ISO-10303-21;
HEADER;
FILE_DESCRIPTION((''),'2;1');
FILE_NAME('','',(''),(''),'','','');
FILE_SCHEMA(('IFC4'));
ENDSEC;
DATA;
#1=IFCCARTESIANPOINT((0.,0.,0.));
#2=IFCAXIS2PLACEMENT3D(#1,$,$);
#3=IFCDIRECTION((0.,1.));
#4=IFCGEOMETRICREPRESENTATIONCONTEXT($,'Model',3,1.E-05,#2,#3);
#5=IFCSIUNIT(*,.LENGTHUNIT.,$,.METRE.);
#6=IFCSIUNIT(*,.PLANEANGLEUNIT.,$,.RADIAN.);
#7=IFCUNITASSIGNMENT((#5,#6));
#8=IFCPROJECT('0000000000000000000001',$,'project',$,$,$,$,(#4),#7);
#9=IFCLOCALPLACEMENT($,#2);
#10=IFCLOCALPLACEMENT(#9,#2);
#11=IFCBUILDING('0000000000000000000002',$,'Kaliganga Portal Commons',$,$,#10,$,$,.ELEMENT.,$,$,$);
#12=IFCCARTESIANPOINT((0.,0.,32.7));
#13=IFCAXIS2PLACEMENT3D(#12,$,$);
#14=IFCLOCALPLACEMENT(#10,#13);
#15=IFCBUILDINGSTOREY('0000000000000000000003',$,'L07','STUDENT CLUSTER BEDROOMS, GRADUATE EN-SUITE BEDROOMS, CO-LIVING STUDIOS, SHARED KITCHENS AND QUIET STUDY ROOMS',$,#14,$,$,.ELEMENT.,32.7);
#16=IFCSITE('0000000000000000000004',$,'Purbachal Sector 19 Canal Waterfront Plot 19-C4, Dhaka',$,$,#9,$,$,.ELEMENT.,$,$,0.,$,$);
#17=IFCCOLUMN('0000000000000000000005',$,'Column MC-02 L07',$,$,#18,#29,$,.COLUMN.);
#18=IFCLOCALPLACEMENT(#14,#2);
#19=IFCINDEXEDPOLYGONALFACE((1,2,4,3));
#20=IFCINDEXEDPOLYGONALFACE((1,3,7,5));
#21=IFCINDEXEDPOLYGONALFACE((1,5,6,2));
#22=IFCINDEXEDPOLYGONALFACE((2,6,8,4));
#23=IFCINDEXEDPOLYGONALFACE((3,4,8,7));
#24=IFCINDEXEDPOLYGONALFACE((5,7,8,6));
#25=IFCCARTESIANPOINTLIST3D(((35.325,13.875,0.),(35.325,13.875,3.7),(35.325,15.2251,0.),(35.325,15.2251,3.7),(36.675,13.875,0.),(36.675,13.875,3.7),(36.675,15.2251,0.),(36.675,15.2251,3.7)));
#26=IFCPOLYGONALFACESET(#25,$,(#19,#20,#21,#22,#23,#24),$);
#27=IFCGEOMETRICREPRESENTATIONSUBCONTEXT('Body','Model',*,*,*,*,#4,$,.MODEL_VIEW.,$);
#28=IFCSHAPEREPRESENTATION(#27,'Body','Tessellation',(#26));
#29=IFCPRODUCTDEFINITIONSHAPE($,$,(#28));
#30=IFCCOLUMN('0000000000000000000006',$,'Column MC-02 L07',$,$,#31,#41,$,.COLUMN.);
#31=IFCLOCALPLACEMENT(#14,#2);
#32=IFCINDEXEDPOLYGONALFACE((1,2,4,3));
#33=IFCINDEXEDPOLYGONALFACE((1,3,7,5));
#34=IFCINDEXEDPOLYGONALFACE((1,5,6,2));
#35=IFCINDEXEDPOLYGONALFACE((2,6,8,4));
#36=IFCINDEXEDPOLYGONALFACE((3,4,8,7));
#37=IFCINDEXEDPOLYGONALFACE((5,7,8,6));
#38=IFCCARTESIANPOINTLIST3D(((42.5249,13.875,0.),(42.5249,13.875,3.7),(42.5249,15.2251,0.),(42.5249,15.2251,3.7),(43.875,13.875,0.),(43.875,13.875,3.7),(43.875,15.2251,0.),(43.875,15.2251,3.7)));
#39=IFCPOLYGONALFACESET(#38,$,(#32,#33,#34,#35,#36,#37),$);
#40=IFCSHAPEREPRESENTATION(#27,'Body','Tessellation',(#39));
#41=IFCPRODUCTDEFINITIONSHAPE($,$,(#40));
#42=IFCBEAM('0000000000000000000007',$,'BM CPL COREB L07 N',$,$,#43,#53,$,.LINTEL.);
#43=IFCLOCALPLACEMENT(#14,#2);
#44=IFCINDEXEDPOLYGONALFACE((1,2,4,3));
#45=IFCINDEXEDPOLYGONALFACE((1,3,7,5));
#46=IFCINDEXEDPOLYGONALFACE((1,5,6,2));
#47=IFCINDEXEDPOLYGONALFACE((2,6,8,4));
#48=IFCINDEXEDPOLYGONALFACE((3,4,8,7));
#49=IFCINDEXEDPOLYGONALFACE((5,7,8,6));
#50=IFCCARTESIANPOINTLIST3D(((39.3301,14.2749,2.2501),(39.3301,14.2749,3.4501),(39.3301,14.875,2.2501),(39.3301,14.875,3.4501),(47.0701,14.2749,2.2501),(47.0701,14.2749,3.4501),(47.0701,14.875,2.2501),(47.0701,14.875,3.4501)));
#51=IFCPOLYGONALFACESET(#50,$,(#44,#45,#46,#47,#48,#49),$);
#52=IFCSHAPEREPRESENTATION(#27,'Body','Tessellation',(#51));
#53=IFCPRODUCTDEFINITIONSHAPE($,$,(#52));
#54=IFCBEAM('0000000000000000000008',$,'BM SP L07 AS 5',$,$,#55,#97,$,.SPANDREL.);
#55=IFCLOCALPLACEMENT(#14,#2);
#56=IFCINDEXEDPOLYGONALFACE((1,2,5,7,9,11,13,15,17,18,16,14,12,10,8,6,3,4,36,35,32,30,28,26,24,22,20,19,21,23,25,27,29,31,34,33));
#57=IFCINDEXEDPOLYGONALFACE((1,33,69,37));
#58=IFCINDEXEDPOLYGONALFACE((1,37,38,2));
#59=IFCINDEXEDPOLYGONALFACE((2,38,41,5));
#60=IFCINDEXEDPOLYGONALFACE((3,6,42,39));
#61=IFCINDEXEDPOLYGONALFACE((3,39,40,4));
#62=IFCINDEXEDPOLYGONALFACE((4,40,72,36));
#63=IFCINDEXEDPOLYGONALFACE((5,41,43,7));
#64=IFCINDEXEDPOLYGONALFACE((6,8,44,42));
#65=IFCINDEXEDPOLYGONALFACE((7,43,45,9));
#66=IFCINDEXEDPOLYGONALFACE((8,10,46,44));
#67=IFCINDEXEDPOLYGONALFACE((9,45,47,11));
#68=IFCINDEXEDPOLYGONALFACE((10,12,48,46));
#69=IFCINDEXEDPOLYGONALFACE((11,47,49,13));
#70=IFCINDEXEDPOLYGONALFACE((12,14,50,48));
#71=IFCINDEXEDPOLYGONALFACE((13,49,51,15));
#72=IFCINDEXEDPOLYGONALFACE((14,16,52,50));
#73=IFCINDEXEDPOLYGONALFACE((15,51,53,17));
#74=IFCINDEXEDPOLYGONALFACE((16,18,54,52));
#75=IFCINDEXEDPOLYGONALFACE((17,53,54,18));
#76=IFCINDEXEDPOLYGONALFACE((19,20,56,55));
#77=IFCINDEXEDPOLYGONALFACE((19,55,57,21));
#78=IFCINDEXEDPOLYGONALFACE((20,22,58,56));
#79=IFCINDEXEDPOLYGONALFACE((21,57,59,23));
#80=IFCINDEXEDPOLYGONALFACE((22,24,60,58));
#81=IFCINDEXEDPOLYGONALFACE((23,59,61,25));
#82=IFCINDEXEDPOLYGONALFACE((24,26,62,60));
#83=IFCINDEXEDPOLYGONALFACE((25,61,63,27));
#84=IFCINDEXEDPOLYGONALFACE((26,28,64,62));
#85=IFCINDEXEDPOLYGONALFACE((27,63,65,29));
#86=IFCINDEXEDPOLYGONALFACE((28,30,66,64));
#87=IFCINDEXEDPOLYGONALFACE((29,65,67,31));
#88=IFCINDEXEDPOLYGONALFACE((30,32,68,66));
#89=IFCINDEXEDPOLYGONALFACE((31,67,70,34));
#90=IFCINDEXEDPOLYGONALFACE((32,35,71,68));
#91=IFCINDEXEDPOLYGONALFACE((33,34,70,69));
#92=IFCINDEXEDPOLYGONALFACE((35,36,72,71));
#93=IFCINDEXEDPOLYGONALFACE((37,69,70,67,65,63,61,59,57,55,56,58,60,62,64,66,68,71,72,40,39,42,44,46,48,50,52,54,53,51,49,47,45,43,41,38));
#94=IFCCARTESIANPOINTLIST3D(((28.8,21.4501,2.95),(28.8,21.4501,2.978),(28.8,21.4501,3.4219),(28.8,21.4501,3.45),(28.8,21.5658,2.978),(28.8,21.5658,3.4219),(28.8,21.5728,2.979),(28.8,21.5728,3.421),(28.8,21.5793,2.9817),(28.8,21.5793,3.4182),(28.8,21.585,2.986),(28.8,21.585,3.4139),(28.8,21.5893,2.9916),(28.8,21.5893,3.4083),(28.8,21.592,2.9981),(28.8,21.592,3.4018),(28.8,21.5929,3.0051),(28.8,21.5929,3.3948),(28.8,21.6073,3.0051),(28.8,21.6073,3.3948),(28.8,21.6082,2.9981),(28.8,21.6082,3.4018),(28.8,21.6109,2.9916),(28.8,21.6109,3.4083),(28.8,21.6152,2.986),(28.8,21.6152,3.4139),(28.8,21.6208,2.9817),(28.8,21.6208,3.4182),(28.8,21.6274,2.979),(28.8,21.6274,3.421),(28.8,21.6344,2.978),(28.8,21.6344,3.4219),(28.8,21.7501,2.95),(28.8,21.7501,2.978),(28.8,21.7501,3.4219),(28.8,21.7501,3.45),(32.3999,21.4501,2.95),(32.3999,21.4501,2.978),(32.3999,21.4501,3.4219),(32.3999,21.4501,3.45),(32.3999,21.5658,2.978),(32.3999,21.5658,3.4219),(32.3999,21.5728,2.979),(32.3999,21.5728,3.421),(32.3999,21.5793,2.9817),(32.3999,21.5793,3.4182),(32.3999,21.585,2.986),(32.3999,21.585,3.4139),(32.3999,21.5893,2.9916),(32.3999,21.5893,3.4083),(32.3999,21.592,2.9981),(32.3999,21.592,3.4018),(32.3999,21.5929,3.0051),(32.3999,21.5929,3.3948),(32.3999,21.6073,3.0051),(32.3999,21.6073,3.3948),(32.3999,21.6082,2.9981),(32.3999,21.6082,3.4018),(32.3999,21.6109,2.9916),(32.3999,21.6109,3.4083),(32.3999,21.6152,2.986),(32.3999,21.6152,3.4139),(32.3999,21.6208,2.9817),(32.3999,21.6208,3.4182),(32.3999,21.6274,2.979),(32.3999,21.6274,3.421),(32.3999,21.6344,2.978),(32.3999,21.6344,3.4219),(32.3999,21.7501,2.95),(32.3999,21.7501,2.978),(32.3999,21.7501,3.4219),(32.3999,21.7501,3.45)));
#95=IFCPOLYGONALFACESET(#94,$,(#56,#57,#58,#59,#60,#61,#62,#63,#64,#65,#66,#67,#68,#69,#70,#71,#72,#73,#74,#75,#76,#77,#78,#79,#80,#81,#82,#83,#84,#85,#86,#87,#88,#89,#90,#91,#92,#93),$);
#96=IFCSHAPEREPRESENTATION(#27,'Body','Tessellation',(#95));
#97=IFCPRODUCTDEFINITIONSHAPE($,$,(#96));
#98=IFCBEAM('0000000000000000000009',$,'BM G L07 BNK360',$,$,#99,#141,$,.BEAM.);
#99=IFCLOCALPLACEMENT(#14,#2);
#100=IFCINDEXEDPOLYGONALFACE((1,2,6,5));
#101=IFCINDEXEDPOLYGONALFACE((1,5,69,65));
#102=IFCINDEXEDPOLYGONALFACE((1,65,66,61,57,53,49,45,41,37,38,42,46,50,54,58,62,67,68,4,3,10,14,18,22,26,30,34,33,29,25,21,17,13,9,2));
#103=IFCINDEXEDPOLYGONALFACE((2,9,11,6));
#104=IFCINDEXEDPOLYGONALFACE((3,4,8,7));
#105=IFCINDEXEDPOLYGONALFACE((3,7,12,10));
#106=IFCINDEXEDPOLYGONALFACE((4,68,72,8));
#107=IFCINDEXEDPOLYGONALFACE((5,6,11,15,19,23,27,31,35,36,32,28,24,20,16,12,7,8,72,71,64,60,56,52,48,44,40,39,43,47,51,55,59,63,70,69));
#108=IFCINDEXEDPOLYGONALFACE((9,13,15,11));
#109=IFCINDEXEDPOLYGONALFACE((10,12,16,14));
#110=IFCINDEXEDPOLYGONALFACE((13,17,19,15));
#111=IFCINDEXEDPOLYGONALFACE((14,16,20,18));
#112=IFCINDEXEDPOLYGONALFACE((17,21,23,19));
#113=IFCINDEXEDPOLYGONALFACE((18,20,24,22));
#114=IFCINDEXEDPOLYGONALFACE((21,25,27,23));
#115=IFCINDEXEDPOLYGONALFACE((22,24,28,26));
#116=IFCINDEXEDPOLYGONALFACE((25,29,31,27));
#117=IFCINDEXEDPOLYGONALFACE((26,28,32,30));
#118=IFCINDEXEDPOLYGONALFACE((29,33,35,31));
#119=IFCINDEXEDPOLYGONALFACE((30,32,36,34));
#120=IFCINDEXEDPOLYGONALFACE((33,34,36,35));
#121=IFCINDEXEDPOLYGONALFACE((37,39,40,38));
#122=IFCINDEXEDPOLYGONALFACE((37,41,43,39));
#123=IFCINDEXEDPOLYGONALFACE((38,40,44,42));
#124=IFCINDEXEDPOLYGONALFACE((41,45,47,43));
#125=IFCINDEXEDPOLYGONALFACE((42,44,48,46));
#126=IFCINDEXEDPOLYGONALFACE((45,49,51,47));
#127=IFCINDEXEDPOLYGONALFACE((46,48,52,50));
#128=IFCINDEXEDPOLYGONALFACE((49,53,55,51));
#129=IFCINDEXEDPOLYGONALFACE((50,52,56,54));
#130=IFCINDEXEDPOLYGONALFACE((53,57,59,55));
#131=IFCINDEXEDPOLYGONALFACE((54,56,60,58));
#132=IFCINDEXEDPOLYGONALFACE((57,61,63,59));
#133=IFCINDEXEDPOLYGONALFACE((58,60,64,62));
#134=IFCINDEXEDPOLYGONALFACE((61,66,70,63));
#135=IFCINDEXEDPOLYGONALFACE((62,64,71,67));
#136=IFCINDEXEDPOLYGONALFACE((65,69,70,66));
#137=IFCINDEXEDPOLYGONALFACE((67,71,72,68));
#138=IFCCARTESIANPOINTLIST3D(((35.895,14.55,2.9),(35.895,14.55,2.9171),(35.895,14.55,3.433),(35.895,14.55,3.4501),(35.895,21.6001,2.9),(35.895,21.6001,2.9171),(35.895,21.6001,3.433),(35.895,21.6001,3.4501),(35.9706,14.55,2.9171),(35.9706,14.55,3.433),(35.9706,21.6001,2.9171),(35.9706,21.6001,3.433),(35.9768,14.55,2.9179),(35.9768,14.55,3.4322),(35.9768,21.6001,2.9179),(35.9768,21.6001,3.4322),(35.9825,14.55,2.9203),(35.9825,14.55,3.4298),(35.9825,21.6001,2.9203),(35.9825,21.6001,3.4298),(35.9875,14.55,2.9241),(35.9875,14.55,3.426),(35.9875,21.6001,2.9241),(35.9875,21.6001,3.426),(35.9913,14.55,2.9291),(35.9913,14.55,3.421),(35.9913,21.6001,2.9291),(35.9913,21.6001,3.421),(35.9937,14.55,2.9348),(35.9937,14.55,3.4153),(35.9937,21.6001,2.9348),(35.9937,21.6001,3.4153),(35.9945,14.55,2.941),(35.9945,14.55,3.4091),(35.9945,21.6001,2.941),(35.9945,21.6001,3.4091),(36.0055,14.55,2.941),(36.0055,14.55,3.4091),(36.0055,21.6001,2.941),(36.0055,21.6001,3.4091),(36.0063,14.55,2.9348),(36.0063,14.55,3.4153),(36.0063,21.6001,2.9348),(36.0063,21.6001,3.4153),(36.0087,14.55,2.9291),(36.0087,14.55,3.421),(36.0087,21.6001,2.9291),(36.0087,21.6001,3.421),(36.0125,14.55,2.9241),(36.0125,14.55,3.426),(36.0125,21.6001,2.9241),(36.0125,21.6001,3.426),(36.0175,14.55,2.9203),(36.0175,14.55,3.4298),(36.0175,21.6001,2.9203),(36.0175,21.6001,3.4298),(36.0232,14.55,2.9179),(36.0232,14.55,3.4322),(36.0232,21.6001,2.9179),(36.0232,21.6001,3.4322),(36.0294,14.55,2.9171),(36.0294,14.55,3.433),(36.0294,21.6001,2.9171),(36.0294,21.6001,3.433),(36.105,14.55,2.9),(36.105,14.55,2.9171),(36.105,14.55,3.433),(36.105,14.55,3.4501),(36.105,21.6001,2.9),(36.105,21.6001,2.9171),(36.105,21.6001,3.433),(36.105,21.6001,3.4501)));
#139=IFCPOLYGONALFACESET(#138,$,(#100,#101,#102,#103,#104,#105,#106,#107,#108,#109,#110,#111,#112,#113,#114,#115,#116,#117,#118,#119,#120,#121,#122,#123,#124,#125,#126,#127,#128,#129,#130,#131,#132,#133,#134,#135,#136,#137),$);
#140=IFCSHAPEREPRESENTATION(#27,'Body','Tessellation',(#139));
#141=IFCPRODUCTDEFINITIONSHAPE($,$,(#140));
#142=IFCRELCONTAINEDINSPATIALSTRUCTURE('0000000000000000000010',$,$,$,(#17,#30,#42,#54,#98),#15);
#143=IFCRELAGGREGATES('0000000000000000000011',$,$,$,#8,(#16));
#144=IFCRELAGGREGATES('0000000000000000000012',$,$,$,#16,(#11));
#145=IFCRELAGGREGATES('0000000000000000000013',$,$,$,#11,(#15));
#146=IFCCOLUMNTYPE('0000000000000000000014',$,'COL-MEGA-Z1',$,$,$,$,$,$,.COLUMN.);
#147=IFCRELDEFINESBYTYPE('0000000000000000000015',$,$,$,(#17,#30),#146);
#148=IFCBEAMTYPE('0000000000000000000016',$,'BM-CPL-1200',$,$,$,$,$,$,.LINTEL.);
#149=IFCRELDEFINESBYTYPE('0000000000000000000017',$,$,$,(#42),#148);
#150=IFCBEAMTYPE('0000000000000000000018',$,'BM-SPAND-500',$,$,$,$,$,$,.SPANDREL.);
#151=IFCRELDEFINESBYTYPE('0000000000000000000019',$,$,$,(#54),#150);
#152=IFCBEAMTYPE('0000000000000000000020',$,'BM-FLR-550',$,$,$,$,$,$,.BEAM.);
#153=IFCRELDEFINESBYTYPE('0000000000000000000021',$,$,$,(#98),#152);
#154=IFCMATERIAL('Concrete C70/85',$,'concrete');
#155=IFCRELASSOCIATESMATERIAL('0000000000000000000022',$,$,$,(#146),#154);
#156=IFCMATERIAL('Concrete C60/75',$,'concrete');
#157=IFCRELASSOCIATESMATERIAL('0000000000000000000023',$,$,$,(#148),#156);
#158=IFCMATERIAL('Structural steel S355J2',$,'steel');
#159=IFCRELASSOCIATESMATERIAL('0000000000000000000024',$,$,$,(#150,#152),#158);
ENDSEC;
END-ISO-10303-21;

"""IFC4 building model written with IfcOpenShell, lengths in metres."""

from ifc_helpers import new_model, si_unit, direction, frame, origin, origin_2d, place, context, subcontext, project, spatial, rectangle, i_section, extrude, source, transform, mapped, material, material_profile, profile_set, type_object, element, save


model = new_model("IFC4")

# Units and contexts
model_context = context("Model", 3, precision=1e-05, world=origin(), true_north=direction((0.0, 1.0)))
body_context = subcontext(model_context, "Body", "Model", "MODEL_VIEW")
ifc_project = project(units=[si_unit("LENGTHUNIT", "METRE"), si_unit("PLANEANGLEUNIT", "RADIAN")], contexts=[model_context])

# Site, building, storey
site_placement = place(None, origin())
site = spatial("IfcSite", under=ifc_project, at=site_placement, Name="Purbachal Sector 19 Canal Waterfront Plot 19-C4, Dhaka", CompositionType="ELEMENT", RefElevation=0.0)
building_placement = place(site_placement, origin())
building = spatial("IfcBuilding", under=site, at=building_placement, Name="Kaliganga Portal Commons", CompositionType="ELEMENT")
storey_placement = place(building_placement, frame((0.0, 0.0, 32.7)))
storey = spatial("IfcBuildingStorey", under=building, at=storey_placement, Name="L07", Description="STUDENT CLUSTER BEDROOMS, GRADUATE EN-SUITE BEDROOMS, CO-LIVING STUDIOS, SHARED KITCHENS AND QUIET STUDY ROOMS", CompositionType="ELEMENT", Elevation=32.7)

# Columns
ifc_material_1 = material(Name="Concrete C70/85", Category="concrete")
ifc_material_profile_1 = material_profile(ifc_material_1, rectangle(XDim=1.3501, YDim=1.3501, at=origin_2d()), Name="RC 1350x1350")
ifc_profile_set_1 = profile_set([ifc_material_profile_1], Name="Concrete C70/85")
column_type = type_object("IfcColumnType", Name="COL-MEGA-Z1", PredefinedType="COLUMN", material=ifc_profile_set_1)
shared_shape_1 = source(origin(), body_context, "Body", "SweptSolid", [
    extrude(rectangle(XDim=1.3501, YDim=1.3501, at=origin_2d()), origin(), (0.0, 0.0, 1.0), 3.7),
])
for number, where, z_axis, x_axis, name in (
    (1, (36.0, 14.55, 0.0), (0.0, 0.0, 1.0), (1.0, 0.0, 0.0), "Column MC-02 L07"),
    (2, (43.2, 14.55, 0.0), (0.0, 0.0, 1.0), (1.0, 0.0, 0.0), "Column MC-02 L07"),
):
    element("IfcColumn", number, at=place(storey_placement, frame(where, z_axis=z_axis, x_axis=x_axis)), inside=storey, type_object=column_type, Name=name, PredefinedType="COLUMN", context=body_context, shape_type="MappedRepresentation", body=[
        mapped(shared_shape_1, transform((0.0, 0.0, 0.0), x_axis=(1.0, 0.0, 0.0), y_axis=(0.0, 1.0, 0.0), z_axis=(0.0, 0.0, 1.0), scale=1.0)),
    ])

# Beams
ifc_material_2 = material(Name="Concrete C60/75", Category="concrete")
ifc_material_profile_2 = material_profile(ifc_material_2, rectangle(XDim=0.6001, YDim=1.2, at=origin_2d()), Name="RC 600x1200")
ifc_profile_set_2 = profile_set([ifc_material_profile_2], Name="Concrete C60/75")
beam_type_1 = type_object("IfcBeamType", Name="BM-CPL-1200", PredefinedType="LINTEL", material=ifc_profile_set_2)
shared_shape_2 = source(origin(), body_context, "Body", "SweptSolid", [
    extrude(rectangle(XDim=0.6001, YDim=1.2, at=origin_2d()), origin(), (0.0, 0.0, 1.0), 7.74),
])
beam_1_placement = place(storey_placement, frame((39.3301, 14.575, 2.8501), z_axis=(1.0, 0.0, 0.0), x_axis=(0.0, 1.0, 0.0)))
element("IfcBeam", 3, at=beam_1_placement, inside=storey, type_object=beam_type_1, Name="BM CPL COREB L07 N", PredefinedType="LINTEL", context=body_context, shape_type="MappedRepresentation", body=[
    mapped(shared_shape_2, transform((0.0, 0.0, 0.0), x_axis=(1.0, 0.0, 0.0), y_axis=(0.0, 1.0, 0.0), z_axis=(0.0, 0.0, 1.0), scale=1.0)),
])
ifc_material_3 = material(Name="Structural steel S355J2", Category="steel")
ifc_material_profile_3 = material_profile(ifc_material_3, i_section(OverallWidth=0.3, OverallDepth=0.5, WebThickness=0.0144, FlangeThickness=0.0281, FilletRadius=0.0271, at=origin_2d()), Name="HE 500 B")
ifc_profile_set_3 = profile_set([ifc_material_profile_3], Name="Structural steel S355J2 wide-flange")
beam_type_2 = type_object("IfcBeamType", Name="BM-SPAND-500", PredefinedType="SPANDREL", material=ifc_profile_set_3)
shared_shape_3 = source(origin(), body_context, "Body", "SweptSolid", [
    extrude(i_section(OverallWidth=0.3, OverallDepth=0.5, WebThickness=0.0144, FlangeThickness=0.0281, FilletRadius=0.0271, at=origin_2d()), origin(), (0.0, 0.0, 1.0), 3.5999),
])
beam_2_placement = place(storey_placement, frame((28.8, 21.6001, 3.2), z_axis=(1.0, 0.0, 0.0), x_axis=(0.0, 1.0, 0.0)))
element("IfcBeam", 4, at=beam_2_placement, inside=storey, type_object=beam_type_2, Name="BM SP L07 AS 5", PredefinedType="SPANDREL", context=body_context, shape_type="MappedRepresentation", body=[
    mapped(shared_shape_3, transform((0.0, 0.0, 0.0), x_axis=(1.0, 0.0, 0.0), y_axis=(0.0, 1.0, 0.0), z_axis=(0.0, 0.0, 1.0), scale=1.0)),
])
ifc_material_profile_4 = material_profile(ifc_material_3, i_section(OverallWidth=0.21, OverallDepth=0.55, WebThickness=0.011, FlangeThickness=0.0171, FilletRadius=0.0239, at=origin_2d()), Name="IPE 550")
ifc_profile_set_4 = profile_set([ifc_material_profile_4], Name="Structural steel S355J2 wide-flange")
beam_type_3 = type_object("IfcBeamType", Name="BM-FLR-550", PredefinedType="BEAM", material=ifc_profile_set_4)
shared_shape_4 = source(origin(), body_context, "Body", "SweptSolid", [
    extrude(i_section(OverallWidth=0.21, OverallDepth=0.55, WebThickness=0.011, FlangeThickness=0.0171, FilletRadius=0.0239, at=origin_2d()), origin(), (0.0, 0.0, 1.0), 7.05),
])
beam_3_placement = place(storey_placement, frame((36.0, 14.55, 3.175), z_axis=(0.0, 1.0, 0.0), x_axis=(-1.0, 0.0, 0.0)))
element("IfcBeam", 5, at=beam_3_placement, inside=storey, type_object=beam_type_3, Name="BM G L07 BNK360", PredefinedType="BEAM", context=body_context, shape_type="MappedRepresentation", body=[
    mapped(shared_shape_4, transform((0.0, 0.0, 0.0), x_axis=(1.0, 0.0, 0.0), y_axis=(0.0, 1.0, 0.0), z_axis=(0.0, 0.0, 1.0), scale=1.0)),
])

save(model, "model.ifc")
